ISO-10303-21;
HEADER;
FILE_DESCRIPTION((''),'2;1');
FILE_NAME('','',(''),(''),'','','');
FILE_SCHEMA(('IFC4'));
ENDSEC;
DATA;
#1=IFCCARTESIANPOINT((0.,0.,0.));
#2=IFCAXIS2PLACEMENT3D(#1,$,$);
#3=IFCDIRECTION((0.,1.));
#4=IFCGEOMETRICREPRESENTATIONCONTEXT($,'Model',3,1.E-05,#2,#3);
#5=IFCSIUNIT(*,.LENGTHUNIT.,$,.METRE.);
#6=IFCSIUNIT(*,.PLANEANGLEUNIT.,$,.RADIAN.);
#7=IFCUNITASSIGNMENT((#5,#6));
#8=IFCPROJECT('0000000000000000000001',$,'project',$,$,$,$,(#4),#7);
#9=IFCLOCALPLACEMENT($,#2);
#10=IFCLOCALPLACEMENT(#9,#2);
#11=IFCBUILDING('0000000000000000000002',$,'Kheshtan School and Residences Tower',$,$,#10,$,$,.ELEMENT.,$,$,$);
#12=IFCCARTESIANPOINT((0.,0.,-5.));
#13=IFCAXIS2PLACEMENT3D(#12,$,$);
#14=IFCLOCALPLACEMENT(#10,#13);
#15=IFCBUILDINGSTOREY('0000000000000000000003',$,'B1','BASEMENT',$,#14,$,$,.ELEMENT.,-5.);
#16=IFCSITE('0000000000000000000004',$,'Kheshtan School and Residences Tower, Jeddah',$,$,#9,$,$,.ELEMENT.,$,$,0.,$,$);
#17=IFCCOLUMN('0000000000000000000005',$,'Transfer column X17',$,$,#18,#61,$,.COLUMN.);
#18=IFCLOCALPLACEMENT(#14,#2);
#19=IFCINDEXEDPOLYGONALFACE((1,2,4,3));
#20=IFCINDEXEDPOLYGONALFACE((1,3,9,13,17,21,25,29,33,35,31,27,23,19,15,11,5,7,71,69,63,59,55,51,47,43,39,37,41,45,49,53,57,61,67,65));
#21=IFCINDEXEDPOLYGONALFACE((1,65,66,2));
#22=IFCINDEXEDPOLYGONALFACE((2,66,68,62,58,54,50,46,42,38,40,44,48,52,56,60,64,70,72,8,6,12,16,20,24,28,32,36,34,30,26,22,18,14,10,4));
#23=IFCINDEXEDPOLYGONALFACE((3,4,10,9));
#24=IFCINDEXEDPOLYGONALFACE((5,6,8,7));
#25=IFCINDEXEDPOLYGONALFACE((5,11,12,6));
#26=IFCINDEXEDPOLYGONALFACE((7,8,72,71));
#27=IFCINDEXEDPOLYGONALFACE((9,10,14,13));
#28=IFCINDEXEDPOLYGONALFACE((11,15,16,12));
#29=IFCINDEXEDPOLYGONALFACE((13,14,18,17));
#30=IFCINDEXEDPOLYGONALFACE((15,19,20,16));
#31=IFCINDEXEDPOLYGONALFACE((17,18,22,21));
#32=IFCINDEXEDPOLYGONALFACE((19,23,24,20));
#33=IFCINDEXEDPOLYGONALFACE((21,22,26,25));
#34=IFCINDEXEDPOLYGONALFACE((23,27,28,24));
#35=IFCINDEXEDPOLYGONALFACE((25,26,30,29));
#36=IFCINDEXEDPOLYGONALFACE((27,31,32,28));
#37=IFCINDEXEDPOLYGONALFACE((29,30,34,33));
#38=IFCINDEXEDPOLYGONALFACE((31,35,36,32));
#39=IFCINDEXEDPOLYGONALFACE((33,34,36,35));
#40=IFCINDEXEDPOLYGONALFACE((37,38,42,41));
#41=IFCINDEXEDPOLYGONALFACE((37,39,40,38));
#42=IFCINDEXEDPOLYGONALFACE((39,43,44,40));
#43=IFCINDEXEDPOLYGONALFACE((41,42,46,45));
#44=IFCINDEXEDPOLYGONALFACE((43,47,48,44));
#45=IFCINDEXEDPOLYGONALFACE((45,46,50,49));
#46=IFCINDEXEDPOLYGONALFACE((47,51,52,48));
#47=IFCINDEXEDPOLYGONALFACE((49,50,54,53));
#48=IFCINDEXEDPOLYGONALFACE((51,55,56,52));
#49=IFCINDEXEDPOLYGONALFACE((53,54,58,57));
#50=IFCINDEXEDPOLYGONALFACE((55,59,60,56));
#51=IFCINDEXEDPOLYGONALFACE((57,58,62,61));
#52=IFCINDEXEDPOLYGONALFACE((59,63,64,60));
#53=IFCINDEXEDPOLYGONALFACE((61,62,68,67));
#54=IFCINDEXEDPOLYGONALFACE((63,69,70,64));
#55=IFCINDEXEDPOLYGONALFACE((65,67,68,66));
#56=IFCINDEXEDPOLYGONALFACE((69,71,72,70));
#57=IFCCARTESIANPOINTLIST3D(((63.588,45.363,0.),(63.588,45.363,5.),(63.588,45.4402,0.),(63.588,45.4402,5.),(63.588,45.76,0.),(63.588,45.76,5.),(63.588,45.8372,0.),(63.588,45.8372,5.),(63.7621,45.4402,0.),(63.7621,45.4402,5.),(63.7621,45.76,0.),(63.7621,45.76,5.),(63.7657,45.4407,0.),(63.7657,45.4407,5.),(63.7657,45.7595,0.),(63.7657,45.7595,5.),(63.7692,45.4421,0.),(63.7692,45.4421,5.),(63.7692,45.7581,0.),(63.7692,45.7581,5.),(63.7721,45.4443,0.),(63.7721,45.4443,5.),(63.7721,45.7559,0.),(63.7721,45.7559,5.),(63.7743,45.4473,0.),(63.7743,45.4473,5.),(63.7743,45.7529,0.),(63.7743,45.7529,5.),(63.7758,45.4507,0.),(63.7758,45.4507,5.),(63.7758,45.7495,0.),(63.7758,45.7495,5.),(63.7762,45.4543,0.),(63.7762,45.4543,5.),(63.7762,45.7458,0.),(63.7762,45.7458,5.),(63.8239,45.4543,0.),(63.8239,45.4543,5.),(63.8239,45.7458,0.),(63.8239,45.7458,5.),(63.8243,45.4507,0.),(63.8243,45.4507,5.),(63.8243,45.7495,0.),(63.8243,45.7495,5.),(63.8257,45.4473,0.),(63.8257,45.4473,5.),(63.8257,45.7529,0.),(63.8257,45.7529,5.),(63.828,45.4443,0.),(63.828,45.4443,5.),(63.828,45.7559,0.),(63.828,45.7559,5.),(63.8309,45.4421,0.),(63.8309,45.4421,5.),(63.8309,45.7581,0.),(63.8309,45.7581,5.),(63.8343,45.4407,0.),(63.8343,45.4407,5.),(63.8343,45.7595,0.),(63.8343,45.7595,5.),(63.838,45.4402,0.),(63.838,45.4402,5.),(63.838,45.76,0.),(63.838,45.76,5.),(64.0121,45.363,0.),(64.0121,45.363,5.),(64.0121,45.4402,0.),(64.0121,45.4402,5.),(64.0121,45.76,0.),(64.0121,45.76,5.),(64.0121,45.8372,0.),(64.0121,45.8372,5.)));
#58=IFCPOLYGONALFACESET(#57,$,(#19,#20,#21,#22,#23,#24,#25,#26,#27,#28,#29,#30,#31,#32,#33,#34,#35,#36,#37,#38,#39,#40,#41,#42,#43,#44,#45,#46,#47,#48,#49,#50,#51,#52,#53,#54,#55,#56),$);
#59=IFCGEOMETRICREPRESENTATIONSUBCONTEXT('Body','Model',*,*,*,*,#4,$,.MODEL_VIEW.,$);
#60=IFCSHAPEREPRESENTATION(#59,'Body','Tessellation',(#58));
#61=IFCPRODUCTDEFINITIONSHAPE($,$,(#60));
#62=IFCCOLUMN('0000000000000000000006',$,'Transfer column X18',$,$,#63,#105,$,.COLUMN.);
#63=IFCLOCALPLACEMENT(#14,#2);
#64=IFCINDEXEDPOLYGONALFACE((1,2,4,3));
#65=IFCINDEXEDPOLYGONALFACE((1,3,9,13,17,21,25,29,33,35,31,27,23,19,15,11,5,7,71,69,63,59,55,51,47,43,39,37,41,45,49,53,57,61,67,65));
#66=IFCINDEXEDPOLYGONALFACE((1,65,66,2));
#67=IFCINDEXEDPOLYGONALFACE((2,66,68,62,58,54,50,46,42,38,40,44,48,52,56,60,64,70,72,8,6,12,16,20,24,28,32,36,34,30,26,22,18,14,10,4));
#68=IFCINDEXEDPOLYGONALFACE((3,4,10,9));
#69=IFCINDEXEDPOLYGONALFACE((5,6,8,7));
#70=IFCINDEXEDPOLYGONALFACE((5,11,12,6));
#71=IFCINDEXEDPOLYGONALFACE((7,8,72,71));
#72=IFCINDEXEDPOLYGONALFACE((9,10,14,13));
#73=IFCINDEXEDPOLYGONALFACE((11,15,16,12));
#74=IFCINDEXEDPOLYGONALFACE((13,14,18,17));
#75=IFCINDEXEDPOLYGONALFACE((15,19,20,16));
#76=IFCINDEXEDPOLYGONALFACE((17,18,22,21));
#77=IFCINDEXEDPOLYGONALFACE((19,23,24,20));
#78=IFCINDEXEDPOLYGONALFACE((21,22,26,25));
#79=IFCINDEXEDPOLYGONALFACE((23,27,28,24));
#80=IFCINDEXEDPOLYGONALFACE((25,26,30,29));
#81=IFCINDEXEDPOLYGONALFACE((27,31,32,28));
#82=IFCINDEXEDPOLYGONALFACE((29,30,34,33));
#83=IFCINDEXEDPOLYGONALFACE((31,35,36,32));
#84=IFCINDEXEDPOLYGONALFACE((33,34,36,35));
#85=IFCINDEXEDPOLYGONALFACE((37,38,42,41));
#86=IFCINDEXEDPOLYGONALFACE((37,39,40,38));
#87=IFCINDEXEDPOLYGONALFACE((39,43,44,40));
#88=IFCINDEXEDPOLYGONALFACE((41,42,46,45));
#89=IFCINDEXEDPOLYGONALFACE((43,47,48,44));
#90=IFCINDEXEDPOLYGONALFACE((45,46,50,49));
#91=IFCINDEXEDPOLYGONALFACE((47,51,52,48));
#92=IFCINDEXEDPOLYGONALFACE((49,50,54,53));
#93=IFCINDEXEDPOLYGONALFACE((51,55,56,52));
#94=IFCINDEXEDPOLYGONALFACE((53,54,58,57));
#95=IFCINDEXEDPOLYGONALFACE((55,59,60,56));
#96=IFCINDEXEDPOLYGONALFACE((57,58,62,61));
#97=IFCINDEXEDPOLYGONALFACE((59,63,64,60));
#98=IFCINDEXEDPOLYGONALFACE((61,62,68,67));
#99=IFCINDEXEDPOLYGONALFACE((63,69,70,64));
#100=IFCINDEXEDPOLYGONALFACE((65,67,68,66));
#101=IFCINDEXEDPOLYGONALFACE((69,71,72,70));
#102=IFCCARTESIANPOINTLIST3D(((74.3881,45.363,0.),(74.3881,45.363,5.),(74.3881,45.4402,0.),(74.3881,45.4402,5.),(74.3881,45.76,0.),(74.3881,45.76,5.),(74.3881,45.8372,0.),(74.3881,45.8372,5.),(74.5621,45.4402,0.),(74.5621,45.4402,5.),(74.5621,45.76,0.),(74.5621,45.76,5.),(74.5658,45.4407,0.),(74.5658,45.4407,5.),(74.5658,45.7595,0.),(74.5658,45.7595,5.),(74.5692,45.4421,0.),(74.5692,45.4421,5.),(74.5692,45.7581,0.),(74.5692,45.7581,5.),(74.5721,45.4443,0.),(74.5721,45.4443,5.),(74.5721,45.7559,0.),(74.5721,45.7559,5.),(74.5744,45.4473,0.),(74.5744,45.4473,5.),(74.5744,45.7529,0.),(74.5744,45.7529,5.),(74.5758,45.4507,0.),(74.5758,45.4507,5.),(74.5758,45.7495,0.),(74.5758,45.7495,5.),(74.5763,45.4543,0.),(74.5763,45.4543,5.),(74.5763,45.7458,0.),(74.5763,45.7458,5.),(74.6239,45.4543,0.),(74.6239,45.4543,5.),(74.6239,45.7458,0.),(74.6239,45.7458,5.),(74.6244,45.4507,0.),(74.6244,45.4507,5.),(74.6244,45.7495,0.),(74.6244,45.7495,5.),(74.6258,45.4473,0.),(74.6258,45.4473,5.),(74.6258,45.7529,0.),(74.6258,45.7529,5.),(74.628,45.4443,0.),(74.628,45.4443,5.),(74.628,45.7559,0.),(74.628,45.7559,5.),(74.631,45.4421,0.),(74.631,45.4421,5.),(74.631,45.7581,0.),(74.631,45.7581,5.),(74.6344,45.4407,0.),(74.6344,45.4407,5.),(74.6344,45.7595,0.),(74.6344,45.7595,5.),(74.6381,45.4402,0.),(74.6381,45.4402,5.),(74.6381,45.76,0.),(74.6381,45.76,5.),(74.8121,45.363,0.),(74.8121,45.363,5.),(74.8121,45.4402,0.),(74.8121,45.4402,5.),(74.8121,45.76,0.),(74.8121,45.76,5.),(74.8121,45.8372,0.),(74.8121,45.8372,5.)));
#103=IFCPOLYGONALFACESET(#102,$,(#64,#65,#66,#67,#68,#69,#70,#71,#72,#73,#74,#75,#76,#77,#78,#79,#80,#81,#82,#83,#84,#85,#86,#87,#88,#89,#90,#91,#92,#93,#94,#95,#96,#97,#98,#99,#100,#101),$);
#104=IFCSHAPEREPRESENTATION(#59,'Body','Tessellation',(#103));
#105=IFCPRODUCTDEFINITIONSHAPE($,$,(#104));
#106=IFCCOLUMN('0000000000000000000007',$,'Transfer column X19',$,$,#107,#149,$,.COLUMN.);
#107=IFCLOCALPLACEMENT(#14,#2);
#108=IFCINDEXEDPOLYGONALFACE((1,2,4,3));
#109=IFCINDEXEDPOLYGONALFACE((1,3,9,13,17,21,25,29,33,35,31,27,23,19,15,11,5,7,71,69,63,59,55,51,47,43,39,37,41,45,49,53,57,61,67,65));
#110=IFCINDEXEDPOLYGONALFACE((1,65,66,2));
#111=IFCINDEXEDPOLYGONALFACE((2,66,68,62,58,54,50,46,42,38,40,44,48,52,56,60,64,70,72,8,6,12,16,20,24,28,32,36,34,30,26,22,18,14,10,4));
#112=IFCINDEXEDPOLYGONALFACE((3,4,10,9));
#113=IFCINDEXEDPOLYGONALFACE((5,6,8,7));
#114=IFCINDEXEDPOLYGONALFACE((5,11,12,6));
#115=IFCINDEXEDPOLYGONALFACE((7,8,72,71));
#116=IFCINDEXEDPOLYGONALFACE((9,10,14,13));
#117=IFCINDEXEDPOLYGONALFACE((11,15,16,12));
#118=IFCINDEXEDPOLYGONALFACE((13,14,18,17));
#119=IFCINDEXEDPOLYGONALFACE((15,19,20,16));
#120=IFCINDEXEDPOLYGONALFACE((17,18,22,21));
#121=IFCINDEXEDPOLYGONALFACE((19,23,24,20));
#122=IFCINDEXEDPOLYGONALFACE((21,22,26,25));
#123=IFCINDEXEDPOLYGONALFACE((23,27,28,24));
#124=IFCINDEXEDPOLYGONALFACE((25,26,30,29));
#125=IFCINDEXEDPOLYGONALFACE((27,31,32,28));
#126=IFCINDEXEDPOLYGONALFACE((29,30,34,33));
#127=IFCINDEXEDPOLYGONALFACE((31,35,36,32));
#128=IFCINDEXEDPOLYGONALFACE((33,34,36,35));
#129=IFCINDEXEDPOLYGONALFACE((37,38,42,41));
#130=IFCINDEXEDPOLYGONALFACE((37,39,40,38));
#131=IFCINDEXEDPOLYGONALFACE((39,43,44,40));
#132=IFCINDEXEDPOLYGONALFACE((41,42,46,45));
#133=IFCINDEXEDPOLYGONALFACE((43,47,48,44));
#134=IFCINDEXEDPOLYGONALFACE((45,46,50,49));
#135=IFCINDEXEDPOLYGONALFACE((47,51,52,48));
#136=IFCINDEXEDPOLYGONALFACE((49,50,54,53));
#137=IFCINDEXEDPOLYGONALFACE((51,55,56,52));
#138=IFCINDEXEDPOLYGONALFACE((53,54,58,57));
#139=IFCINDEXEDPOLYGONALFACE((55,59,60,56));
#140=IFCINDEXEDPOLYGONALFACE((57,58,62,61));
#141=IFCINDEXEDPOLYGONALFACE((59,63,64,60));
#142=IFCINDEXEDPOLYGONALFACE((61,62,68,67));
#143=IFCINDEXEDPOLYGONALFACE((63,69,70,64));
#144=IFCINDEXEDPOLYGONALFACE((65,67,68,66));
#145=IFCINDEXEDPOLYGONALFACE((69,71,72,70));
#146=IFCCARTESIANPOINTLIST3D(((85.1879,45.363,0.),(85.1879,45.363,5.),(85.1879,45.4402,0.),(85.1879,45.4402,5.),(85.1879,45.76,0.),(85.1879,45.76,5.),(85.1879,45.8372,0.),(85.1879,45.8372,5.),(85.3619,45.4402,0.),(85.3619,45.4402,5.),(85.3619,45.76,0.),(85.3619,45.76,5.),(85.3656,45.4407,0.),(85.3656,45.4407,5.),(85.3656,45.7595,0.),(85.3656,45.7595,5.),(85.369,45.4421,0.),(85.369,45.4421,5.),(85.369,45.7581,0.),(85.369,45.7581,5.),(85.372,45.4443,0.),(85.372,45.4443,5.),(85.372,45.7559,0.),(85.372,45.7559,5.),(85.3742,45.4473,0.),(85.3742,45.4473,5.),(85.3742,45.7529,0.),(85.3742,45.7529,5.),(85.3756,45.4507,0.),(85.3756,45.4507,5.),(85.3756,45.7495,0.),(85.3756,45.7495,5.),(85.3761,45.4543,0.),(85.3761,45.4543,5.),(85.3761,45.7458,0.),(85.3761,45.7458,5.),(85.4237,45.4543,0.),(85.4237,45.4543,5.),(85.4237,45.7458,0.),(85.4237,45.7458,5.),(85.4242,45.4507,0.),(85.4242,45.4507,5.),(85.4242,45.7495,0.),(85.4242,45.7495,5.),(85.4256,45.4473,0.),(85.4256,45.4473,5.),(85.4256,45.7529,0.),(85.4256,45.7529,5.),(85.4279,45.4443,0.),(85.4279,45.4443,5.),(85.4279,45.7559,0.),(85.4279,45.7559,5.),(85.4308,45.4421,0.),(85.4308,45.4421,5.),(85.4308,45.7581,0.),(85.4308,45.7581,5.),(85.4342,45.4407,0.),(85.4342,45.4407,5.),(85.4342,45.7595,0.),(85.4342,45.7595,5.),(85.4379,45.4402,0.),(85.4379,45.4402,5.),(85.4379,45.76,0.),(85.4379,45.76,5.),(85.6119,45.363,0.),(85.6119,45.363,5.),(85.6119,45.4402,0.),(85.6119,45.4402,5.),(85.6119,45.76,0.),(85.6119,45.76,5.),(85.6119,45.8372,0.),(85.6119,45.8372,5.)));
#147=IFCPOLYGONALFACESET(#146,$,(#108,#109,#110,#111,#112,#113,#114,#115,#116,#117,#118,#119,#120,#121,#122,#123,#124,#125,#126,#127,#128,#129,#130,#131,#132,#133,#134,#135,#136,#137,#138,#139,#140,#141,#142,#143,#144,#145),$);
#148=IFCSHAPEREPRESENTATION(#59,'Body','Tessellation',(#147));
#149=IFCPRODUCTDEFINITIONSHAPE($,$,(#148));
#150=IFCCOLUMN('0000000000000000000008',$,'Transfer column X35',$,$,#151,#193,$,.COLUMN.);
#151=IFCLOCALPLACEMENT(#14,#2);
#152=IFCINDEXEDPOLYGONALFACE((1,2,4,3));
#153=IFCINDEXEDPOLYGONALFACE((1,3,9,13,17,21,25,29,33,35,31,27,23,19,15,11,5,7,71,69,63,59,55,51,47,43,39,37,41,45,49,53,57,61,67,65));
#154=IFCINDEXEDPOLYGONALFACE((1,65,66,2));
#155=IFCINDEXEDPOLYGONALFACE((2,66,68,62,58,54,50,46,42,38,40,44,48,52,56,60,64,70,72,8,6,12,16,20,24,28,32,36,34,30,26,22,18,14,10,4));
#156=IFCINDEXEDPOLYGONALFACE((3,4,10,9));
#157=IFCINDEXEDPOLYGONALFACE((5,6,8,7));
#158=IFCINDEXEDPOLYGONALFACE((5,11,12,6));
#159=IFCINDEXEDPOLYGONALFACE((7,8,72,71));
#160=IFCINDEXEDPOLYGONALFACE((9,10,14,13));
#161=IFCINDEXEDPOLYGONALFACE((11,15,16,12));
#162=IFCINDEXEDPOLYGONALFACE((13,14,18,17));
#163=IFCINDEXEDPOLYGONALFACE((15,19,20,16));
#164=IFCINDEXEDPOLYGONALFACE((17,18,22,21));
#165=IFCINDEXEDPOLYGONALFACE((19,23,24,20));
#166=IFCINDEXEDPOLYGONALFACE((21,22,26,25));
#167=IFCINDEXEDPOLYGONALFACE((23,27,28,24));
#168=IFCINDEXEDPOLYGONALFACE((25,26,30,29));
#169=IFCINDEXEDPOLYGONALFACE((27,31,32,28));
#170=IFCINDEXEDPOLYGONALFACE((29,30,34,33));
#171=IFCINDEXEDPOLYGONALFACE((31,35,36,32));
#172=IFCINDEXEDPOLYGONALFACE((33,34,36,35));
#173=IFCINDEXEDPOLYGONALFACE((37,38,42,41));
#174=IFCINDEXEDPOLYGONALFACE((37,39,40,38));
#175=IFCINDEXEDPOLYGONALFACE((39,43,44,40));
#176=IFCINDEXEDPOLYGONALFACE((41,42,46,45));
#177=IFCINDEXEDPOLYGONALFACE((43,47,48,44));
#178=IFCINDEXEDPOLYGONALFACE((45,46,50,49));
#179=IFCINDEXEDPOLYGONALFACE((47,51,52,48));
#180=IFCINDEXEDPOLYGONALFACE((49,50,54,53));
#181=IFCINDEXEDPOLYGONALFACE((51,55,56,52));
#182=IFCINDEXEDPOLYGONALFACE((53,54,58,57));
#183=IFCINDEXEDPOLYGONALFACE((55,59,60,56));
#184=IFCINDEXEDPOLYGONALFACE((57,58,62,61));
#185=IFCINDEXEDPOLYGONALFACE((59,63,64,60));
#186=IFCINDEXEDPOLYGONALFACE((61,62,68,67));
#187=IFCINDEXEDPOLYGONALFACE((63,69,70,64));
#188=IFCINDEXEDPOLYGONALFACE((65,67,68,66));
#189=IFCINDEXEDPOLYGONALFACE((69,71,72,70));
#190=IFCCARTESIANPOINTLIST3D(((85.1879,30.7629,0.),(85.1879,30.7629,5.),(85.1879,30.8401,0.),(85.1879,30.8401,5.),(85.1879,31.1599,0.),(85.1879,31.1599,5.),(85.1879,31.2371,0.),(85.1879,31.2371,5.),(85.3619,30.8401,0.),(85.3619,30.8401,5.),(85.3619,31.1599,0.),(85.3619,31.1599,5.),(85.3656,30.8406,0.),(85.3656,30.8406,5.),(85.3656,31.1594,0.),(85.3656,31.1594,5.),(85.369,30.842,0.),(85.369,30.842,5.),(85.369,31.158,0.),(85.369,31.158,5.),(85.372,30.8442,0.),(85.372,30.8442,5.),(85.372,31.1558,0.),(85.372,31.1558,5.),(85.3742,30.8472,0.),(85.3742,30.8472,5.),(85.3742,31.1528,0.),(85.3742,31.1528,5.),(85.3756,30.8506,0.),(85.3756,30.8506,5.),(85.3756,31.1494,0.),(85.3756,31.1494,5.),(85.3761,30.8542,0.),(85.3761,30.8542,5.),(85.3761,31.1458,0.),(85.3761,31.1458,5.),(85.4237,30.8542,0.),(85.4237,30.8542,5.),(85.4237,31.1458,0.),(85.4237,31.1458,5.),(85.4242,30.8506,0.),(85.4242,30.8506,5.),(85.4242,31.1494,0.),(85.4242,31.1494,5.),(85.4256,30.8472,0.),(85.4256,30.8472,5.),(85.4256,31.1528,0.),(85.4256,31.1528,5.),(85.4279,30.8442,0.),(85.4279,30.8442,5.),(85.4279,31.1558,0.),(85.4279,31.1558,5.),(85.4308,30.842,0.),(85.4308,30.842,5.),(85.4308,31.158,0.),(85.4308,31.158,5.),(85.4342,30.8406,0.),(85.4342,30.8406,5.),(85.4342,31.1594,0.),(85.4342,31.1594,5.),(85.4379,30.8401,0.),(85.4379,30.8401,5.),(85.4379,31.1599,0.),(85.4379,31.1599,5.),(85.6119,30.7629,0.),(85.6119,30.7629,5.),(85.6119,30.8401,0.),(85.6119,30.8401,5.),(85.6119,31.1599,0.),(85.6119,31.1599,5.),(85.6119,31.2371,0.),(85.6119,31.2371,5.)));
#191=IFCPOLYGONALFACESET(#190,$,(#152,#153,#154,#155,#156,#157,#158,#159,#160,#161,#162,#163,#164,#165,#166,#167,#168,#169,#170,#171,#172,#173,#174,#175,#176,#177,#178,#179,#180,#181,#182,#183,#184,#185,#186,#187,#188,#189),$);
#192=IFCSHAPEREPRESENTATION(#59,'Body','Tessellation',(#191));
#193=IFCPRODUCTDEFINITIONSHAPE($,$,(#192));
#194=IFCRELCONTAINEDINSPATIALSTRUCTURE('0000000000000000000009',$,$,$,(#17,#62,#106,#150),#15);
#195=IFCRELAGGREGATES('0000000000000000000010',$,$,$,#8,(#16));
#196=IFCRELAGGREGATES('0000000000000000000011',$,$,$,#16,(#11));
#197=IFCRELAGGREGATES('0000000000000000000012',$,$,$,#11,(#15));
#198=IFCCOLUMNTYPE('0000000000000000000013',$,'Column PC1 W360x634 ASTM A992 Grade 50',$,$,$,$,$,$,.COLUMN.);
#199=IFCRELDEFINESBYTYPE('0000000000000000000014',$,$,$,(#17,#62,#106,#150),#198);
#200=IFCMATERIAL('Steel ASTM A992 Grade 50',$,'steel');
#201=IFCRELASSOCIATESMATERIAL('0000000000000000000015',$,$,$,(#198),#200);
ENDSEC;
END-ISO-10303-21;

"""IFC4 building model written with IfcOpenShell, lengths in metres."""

from ifc_helpers import new_model, si_unit, direction, frame, origin, origin_2d, place, context, subcontext, project, spatial, i_section, extrude, material, material_profile, profile_set, type_object, element, save


model = new_model("IFC4")

# Units and contexts
model_context = context("Model", 3, precision=1e-05, world=origin(), true_north=direction((0.0, 1.0)))
body_context = subcontext(model_context, "Body", "Model", "MODEL_VIEW")
ifc_project = project(units=[si_unit("LENGTHUNIT", "METRE"), si_unit("PLANEANGLEUNIT", "RADIAN")], contexts=[model_context])

# Site, building, storey
site_placement = place(None, origin())
site = spatial("IfcSite", under=ifc_project, at=site_placement, Name="Kheshtan School and Residences Tower, Jeddah", CompositionType="ELEMENT", RefElevation=0.0)
building_placement = place(site_placement, origin())
building = spatial("IfcBuilding", under=site, at=building_placement, Name="Kheshtan School and Residences Tower", CompositionType="ELEMENT")
storey_placement = place(building_placement, frame((0.0, 0.0, -5.0)))
storey = spatial("IfcBuildingStorey", under=building, at=storey_placement, Name="B1", Description="BASEMENT", CompositionType="ELEMENT", Elevation=-5.0)

# Columns
ifc_material_1 = material(Name="Steel ASTM A992 Grade 50", Category="steel")
ifc_material_profile_1 = material_profile(ifc_material_1, i_section(OverallWidth=0.4241, OverallDepth=0.4741, WebThickness=0.0476, FlangeThickness=0.0771, FilletRadius=0.0142, at=origin_2d()), Name="W360x634")
ifc_profile_set_1 = profile_set([ifc_material_profile_1], Name="Steel ASTM A992 Grade 50")
column_type = type_object("IfcColumnType", Name="Column PC1 W360x634 ASTM A992 Grade 50", PredefinedType="COLUMN", material=ifc_profile_set_1)
for number, where, z_axis, x_axis, name in (
    (1, (63.8, 45.6001, 0.0), (0.0, 0.0, 1.0), (1.0, 0.0, 0.0), "Transfer column X17"),
    (2, (74.6001, 45.6001, 0.0), (0.0, 0.0, 1.0), (1.0, 0.0, 0.0), "Transfer column X18"),
    (3, (85.3999, 45.6001, 0.0), (0.0, 0.0, 1.0), (1.0, 0.0, 0.0), "Transfer column X19"),
    (4, (85.3999, 31.0, 0.0), (0.0, 0.0, 1.0), (1.0, 0.0, 0.0), "Transfer column X35"),
):
    element("IfcColumn", number, at=place(storey_placement, frame(where, z_axis=z_axis, x_axis=x_axis)), inside=storey, type_object=column_type, Name=name, PredefinedType="COLUMN", context=body_context, shape_type="SweptSolid", body=[
        extrude(i_section(OverallWidth=0.4241, OverallDepth=0.4741, WebThickness=0.0476, FlangeThickness=0.0771, FilletRadius=0.0142, at=origin_2d()), origin(), (0.0, 0.0, 1.0), 5.0),
    ])

save(model, "model.ifc")
